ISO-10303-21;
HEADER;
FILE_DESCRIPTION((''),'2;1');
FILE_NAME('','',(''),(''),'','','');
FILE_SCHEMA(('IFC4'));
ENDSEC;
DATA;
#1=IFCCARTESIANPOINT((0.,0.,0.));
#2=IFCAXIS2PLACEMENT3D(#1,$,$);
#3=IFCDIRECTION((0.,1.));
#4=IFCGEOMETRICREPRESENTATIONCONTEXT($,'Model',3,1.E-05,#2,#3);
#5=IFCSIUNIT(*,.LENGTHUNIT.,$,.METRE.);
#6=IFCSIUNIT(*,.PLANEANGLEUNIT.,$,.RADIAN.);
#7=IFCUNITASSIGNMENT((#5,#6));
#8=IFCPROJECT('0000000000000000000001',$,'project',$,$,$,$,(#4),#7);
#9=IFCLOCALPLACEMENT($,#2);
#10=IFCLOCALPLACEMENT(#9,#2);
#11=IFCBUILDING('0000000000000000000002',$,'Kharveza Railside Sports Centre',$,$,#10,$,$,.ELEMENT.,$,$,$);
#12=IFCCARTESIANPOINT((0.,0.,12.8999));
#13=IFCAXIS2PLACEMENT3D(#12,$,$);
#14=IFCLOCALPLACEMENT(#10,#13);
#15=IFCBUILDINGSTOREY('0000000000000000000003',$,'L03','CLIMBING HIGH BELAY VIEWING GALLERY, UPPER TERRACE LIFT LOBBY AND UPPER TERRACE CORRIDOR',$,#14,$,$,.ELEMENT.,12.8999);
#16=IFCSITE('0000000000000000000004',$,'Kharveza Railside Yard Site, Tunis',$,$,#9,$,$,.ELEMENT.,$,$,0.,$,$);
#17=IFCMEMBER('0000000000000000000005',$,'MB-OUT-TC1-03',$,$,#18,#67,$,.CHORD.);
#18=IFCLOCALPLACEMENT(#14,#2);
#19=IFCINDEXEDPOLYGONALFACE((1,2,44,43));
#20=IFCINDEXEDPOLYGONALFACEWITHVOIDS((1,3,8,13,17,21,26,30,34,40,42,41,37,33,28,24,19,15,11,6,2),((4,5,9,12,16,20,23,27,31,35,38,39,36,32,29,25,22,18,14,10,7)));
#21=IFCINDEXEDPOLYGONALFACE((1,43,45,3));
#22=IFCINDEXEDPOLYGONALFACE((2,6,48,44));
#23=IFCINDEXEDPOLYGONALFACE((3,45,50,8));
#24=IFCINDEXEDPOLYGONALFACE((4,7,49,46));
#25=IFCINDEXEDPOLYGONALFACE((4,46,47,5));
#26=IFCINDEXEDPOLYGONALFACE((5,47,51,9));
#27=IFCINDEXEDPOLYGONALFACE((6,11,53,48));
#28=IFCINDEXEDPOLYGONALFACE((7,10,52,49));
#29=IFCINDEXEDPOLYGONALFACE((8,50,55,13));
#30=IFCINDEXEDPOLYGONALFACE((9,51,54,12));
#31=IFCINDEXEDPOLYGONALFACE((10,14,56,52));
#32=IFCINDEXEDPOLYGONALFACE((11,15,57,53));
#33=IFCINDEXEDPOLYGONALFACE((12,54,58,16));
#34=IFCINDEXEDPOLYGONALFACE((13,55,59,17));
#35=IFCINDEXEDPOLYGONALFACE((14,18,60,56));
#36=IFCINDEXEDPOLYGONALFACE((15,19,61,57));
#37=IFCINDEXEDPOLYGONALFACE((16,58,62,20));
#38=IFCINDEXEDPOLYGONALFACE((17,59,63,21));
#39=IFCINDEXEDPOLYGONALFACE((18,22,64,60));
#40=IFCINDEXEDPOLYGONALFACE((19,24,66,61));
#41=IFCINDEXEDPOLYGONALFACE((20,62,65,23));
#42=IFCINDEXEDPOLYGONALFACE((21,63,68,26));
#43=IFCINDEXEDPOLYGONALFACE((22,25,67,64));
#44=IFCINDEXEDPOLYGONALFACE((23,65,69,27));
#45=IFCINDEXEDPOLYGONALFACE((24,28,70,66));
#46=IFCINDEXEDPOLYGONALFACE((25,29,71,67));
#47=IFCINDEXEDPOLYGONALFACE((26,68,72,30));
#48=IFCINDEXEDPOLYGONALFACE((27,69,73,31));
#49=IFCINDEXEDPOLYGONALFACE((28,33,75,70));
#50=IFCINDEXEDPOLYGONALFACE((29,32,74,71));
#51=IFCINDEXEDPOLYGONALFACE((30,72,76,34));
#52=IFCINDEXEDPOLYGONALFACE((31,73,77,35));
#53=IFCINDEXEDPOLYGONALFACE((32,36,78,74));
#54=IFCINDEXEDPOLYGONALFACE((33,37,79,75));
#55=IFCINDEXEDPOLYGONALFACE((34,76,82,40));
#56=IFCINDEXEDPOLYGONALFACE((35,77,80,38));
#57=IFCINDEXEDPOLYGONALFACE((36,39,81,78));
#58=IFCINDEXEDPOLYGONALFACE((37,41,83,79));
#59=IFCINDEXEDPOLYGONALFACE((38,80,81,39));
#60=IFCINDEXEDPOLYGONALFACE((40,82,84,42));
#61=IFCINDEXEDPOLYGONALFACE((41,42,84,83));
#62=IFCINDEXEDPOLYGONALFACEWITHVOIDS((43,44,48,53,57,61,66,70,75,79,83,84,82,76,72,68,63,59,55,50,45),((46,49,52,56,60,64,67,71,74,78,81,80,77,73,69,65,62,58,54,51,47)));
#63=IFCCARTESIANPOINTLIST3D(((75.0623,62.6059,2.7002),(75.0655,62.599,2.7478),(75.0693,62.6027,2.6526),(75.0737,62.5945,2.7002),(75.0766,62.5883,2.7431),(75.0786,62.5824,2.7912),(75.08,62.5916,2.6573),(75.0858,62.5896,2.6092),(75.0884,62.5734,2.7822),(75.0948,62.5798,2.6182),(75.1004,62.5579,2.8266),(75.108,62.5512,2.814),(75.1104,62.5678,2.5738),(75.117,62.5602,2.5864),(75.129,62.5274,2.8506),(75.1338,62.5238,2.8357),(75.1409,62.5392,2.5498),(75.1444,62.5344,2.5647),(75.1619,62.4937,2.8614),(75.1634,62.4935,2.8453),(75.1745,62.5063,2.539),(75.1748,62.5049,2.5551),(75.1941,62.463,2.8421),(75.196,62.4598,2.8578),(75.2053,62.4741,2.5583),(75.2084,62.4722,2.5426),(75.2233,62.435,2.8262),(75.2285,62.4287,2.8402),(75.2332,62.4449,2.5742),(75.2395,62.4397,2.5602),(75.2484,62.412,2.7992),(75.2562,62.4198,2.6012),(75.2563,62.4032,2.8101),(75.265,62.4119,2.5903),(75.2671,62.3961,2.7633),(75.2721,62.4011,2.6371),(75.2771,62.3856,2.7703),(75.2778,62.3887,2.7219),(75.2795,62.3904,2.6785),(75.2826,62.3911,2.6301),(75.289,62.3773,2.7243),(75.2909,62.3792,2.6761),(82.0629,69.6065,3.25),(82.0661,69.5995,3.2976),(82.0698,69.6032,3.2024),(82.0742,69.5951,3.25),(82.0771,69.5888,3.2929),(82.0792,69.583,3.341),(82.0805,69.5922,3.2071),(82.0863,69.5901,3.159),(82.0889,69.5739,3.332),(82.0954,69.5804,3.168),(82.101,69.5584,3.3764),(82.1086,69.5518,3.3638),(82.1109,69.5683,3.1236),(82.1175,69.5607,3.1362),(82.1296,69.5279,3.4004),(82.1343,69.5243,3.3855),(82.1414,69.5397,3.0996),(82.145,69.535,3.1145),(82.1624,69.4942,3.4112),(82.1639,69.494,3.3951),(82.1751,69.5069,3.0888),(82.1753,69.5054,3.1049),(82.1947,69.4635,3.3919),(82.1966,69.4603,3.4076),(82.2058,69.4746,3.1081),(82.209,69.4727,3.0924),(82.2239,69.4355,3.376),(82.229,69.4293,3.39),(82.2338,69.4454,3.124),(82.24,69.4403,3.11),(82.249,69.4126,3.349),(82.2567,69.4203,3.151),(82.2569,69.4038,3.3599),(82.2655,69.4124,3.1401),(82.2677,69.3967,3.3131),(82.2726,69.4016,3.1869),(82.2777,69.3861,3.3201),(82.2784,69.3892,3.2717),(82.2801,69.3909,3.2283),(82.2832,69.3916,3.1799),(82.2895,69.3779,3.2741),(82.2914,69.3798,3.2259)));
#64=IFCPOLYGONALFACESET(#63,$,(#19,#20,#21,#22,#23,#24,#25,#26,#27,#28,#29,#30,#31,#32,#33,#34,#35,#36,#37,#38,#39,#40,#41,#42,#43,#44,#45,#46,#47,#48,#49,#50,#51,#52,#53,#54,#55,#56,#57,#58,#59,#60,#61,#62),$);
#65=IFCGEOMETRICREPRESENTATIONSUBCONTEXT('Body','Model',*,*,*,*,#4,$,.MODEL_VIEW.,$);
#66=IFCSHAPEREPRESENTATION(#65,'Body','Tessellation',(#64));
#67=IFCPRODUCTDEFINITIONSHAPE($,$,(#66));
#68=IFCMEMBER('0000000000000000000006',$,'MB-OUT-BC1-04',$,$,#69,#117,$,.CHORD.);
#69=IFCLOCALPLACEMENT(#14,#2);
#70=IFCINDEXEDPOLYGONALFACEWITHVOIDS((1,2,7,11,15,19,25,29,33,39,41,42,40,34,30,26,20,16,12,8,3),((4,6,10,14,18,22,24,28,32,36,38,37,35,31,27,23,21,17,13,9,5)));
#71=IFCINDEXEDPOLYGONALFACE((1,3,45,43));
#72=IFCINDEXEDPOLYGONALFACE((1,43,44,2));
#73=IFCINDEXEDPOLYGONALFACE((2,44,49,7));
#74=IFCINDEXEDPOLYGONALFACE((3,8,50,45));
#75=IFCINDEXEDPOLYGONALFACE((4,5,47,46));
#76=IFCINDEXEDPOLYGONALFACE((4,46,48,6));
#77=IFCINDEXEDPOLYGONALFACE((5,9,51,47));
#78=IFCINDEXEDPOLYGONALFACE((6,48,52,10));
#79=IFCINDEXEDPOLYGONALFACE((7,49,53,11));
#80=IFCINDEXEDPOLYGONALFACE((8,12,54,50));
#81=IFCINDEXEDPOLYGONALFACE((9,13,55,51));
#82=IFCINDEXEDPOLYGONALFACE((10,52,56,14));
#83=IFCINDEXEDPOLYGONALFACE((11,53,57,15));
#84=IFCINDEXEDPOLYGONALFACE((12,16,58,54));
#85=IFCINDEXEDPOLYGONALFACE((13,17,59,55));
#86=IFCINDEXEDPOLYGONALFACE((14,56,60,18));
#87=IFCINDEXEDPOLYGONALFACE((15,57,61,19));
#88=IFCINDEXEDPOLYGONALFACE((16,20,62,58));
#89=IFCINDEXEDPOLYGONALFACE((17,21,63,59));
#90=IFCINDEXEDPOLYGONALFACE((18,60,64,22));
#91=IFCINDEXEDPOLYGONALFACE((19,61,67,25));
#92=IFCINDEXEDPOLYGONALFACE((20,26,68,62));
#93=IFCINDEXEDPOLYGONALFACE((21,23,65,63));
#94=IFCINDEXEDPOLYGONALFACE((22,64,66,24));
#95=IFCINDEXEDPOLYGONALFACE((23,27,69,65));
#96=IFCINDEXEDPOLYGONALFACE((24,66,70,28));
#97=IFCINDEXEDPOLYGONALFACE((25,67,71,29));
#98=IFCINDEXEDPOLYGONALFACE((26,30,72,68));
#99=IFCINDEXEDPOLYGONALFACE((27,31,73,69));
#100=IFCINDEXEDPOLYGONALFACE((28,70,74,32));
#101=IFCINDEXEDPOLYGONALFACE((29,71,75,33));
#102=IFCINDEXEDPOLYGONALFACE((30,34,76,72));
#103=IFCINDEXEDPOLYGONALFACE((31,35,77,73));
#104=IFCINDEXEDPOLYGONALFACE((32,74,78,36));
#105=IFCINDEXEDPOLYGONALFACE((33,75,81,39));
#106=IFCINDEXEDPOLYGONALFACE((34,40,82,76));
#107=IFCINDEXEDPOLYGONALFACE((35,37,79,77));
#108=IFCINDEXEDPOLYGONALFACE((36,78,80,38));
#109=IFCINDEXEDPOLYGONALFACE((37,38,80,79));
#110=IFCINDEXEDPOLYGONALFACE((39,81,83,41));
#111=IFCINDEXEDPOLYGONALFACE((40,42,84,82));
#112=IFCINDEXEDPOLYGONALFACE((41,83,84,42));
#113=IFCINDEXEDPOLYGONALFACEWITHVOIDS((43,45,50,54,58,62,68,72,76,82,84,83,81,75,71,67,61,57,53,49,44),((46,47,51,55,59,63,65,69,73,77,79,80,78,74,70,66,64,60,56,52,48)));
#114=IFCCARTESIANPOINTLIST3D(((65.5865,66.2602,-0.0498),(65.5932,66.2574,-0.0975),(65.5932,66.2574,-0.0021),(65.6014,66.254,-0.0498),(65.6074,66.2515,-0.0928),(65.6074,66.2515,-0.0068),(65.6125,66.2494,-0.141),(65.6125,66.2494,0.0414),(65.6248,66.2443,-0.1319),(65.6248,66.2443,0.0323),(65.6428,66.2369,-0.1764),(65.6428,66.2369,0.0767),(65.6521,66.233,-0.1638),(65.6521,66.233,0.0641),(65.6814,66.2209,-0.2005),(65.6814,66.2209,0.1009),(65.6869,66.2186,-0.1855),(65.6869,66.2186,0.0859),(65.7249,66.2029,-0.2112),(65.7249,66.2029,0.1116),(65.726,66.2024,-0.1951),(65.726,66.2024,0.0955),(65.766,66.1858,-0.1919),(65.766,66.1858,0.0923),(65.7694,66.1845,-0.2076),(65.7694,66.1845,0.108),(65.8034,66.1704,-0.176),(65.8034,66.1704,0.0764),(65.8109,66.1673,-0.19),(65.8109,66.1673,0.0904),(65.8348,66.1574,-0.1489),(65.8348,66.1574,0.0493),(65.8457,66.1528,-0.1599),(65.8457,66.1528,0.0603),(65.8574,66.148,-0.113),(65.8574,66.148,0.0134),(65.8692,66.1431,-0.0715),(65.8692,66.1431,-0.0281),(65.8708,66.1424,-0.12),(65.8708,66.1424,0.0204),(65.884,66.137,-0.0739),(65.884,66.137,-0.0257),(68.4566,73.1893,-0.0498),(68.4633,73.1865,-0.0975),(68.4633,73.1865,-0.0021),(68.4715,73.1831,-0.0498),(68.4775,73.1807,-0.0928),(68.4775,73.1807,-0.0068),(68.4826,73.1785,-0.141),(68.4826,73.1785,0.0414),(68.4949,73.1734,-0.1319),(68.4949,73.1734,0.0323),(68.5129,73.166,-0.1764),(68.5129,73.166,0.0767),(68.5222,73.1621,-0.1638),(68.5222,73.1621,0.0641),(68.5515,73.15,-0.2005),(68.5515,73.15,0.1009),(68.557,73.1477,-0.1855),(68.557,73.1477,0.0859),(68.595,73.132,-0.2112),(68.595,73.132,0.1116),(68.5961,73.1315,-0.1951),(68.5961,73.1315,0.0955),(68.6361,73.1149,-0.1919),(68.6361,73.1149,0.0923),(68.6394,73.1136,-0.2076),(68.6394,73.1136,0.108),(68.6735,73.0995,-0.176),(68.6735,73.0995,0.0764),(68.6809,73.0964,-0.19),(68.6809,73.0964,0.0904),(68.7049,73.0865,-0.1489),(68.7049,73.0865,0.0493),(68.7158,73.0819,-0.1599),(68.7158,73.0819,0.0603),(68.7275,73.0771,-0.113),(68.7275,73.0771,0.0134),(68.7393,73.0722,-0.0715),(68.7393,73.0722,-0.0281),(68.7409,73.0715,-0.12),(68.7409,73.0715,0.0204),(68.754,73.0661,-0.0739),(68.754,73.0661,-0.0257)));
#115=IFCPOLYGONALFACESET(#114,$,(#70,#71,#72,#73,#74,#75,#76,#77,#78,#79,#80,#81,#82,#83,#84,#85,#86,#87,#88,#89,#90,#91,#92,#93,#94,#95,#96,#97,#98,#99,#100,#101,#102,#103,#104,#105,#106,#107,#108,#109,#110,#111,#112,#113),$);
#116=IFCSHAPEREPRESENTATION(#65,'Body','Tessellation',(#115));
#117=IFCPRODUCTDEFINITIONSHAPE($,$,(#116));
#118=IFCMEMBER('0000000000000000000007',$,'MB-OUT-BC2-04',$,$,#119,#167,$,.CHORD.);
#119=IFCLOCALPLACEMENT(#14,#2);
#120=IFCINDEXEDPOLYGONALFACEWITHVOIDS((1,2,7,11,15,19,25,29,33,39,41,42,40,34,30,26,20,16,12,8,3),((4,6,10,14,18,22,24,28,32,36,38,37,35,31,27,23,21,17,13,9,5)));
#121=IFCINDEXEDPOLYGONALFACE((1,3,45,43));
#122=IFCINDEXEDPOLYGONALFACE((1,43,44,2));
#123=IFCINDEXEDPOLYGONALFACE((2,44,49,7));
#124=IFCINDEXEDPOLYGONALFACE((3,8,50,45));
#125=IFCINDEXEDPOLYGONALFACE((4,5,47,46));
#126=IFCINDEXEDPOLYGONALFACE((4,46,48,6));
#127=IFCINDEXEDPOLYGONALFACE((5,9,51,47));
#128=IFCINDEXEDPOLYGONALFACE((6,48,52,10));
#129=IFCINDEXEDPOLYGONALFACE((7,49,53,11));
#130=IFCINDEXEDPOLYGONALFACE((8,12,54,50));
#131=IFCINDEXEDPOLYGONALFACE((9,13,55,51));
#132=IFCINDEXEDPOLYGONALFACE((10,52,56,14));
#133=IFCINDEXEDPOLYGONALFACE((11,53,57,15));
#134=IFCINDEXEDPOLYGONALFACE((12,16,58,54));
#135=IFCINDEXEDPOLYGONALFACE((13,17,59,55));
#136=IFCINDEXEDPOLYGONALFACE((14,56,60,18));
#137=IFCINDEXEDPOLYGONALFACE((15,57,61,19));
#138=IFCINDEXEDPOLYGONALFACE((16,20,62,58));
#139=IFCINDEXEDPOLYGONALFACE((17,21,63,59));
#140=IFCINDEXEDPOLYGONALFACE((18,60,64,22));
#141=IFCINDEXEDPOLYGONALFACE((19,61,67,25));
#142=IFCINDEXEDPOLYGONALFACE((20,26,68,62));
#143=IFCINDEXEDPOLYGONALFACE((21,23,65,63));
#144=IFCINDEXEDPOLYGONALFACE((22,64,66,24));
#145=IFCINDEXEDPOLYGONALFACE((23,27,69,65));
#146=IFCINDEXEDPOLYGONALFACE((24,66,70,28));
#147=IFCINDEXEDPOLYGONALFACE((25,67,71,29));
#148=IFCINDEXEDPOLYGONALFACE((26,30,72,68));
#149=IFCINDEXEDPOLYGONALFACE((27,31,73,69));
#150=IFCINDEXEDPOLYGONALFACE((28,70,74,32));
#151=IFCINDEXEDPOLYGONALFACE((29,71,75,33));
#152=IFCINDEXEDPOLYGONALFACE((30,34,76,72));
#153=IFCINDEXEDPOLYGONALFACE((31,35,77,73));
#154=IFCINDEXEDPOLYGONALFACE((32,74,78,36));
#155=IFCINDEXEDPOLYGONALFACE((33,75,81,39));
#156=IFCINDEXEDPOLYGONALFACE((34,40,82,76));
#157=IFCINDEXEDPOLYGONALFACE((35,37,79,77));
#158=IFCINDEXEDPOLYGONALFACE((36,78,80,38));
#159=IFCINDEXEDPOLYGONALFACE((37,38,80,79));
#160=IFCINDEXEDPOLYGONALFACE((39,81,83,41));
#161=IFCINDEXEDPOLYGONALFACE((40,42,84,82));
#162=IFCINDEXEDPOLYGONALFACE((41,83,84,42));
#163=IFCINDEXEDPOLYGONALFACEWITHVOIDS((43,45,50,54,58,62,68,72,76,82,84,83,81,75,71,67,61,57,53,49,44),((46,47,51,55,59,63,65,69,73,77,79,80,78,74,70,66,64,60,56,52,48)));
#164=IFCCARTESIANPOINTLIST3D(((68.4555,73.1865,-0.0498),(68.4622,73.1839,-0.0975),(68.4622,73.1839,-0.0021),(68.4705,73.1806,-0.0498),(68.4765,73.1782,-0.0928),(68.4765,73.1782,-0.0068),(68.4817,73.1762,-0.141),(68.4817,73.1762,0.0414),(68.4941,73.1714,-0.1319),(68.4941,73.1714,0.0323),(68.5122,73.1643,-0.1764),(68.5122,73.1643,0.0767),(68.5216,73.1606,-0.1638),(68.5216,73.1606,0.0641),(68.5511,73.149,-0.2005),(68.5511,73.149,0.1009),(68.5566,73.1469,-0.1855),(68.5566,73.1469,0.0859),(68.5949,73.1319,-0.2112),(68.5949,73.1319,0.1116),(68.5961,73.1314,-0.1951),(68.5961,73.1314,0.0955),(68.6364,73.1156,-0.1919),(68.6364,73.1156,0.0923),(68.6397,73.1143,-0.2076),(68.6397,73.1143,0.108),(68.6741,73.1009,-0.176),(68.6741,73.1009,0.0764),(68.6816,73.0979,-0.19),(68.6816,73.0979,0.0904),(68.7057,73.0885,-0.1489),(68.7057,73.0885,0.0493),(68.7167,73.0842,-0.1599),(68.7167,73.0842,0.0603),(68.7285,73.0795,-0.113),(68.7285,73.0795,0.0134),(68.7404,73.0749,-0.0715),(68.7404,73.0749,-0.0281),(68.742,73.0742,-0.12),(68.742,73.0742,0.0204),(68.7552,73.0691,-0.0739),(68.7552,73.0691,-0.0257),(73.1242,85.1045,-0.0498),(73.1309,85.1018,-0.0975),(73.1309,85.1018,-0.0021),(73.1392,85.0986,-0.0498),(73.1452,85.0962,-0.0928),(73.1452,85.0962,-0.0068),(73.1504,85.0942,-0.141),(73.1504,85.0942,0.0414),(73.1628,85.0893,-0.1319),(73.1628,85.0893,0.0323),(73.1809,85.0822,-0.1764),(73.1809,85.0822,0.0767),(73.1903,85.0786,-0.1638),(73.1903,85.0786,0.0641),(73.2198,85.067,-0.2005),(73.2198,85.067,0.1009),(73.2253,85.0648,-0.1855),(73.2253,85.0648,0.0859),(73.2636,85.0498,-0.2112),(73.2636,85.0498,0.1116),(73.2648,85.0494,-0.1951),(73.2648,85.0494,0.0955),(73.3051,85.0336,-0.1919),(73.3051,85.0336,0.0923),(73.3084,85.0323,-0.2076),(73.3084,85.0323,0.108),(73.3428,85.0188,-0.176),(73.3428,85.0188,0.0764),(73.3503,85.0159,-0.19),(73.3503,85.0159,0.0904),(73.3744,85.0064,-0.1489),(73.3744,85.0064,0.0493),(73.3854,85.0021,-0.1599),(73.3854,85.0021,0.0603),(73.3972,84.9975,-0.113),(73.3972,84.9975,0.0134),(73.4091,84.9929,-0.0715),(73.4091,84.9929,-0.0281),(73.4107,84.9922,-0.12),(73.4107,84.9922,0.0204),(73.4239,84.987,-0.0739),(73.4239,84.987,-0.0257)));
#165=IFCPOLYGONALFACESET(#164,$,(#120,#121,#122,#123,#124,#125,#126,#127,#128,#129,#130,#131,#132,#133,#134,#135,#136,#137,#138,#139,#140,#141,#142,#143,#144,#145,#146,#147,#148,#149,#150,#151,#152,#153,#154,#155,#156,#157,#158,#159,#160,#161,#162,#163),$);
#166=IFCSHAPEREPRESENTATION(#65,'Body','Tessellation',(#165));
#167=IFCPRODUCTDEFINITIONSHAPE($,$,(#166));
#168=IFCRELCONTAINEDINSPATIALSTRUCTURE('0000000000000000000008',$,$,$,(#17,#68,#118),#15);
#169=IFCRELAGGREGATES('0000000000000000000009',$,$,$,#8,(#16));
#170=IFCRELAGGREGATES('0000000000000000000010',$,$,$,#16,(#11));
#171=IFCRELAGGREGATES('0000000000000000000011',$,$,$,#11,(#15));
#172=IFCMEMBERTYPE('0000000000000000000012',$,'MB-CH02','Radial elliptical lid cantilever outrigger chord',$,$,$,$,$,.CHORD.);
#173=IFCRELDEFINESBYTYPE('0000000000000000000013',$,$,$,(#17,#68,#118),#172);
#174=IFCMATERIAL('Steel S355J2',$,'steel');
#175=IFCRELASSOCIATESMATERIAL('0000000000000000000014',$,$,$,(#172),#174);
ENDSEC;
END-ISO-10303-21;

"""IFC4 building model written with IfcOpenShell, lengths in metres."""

from ifc_helpers import new_model, si_unit, direction, frame, origin, origin_2d, place, context, subcontext, project, spatial, hollow_circle, extrude, material, material_profile, profile_set, type_object, element, save


model = new_model("IFC4")

# Units and contexts
model_context = context("Model", 3, precision=1e-05, world=origin(), true_north=direction((0.0, 1.0)))
body_context = subcontext(model_context, "Body", "Model", "MODEL_VIEW")
ifc_project = project(units=[si_unit("LENGTHUNIT", "METRE"), si_unit("PLANEANGLEUNIT", "RADIAN")], contexts=[model_context])

# Site, building, storey
site_placement = place(None, origin())
site = spatial("IfcSite", under=ifc_project, at=site_placement, Name="Kharveza Railside Yard Site, Tunis", CompositionType="ELEMENT", RefElevation=0.0)
building_placement = place(site_placement, origin())
building = spatial("IfcBuilding", under=site, at=building_placement, Name="Kharveza Railside Sports Centre", CompositionType="ELEMENT")
storey_placement = place(building_placement, frame((0.0, 0.0, 12.8999)))
storey = spatial("IfcBuildingStorey", under=building, at=storey_placement, Name="L03", Description="CLIMBING HIGH BELAY VIEWING GALLERY, UPPER TERRACE LIFT LOBBY AND UPPER TERRACE CORRIDOR", CompositionType="ELEMENT", Elevation=12.8999)

# Members
ifc_material = material(Name="Steel S355J2", Category="steel")
ifc_material_profile_1 = material_profile(ifc_material, hollow_circle(Radius=0.1619, WallThickness=0.0161, at=origin_2d()), Name="CHS 323.9x16.0")
ifc_profile_set_1 = profile_set([ifc_material_profile_1], Name="Steel S355J2")
member_type_1 = type_object("IfcMemberType", Name="MB-CH02", Description="Radial elliptical lid cantilever outrigger chord", PredefinedType="CHORD", material=ifc_profile_set_1)
member_1_placement = place(storey_placement, frame((75.1768, 62.4915, 2.7002), z_axis=(0.706019, 0.706019, 0.055449), x_axis=(-0.707107, 0.707107, 0.0)))
element("IfcMember", 1, at=member_1_placement, inside=storey, type_object=member_type_1, Name="MB-OUT-TC1-03", PredefinedType="CHORD", context=body_context, shape_type="SweptSolid", body=[
    extrude(hollow_circle(Radius=0.1619, WallThickness=0.0161, at=origin_2d()), origin(), (0.0, 0.0, 1.0), 9.9155),
])
member_2_placement = place(storey_placement, frame((65.7361, 66.1982, -0.0498), z_axis=(0.382678, 0.923882, 0.0), x_axis=(-0.923882, 0.382678, 0.0)))
element("IfcMember", 2, at=member_2_placement, inside=storey, type_object=member_type_1, Name="MB-OUT-BC1-04", PredefinedType="CHORD", context=body_context, shape_type="SweptSolid", body=[
    extrude(hollow_circle(Radius=0.1619, WallThickness=0.0161, at=origin_2d()), origin(), (0.0, 0.0, 1.0), 7.5),
])
member_3_placement = place(storey_placement, frame((68.6062, 73.1274, -0.0498), z_axis=(0.364748, 0.931106, 0.0), x_axis=(-0.931106, 0.364748, 0.0)))
element("IfcMember", 3, at=member_3_placement, inside=storey, type_object=member_type_1, Name="MB-OUT-BC2-04", PredefinedType="CHORD", context=body_context, shape_type="SweptSolid", body=[
    extrude(hollow_circle(Radius=0.1619, WallThickness=0.0161, at=origin_2d()), origin(), (0.0, 0.0, 1.0), 12.7998),
])

save(model, "model.ifc")
